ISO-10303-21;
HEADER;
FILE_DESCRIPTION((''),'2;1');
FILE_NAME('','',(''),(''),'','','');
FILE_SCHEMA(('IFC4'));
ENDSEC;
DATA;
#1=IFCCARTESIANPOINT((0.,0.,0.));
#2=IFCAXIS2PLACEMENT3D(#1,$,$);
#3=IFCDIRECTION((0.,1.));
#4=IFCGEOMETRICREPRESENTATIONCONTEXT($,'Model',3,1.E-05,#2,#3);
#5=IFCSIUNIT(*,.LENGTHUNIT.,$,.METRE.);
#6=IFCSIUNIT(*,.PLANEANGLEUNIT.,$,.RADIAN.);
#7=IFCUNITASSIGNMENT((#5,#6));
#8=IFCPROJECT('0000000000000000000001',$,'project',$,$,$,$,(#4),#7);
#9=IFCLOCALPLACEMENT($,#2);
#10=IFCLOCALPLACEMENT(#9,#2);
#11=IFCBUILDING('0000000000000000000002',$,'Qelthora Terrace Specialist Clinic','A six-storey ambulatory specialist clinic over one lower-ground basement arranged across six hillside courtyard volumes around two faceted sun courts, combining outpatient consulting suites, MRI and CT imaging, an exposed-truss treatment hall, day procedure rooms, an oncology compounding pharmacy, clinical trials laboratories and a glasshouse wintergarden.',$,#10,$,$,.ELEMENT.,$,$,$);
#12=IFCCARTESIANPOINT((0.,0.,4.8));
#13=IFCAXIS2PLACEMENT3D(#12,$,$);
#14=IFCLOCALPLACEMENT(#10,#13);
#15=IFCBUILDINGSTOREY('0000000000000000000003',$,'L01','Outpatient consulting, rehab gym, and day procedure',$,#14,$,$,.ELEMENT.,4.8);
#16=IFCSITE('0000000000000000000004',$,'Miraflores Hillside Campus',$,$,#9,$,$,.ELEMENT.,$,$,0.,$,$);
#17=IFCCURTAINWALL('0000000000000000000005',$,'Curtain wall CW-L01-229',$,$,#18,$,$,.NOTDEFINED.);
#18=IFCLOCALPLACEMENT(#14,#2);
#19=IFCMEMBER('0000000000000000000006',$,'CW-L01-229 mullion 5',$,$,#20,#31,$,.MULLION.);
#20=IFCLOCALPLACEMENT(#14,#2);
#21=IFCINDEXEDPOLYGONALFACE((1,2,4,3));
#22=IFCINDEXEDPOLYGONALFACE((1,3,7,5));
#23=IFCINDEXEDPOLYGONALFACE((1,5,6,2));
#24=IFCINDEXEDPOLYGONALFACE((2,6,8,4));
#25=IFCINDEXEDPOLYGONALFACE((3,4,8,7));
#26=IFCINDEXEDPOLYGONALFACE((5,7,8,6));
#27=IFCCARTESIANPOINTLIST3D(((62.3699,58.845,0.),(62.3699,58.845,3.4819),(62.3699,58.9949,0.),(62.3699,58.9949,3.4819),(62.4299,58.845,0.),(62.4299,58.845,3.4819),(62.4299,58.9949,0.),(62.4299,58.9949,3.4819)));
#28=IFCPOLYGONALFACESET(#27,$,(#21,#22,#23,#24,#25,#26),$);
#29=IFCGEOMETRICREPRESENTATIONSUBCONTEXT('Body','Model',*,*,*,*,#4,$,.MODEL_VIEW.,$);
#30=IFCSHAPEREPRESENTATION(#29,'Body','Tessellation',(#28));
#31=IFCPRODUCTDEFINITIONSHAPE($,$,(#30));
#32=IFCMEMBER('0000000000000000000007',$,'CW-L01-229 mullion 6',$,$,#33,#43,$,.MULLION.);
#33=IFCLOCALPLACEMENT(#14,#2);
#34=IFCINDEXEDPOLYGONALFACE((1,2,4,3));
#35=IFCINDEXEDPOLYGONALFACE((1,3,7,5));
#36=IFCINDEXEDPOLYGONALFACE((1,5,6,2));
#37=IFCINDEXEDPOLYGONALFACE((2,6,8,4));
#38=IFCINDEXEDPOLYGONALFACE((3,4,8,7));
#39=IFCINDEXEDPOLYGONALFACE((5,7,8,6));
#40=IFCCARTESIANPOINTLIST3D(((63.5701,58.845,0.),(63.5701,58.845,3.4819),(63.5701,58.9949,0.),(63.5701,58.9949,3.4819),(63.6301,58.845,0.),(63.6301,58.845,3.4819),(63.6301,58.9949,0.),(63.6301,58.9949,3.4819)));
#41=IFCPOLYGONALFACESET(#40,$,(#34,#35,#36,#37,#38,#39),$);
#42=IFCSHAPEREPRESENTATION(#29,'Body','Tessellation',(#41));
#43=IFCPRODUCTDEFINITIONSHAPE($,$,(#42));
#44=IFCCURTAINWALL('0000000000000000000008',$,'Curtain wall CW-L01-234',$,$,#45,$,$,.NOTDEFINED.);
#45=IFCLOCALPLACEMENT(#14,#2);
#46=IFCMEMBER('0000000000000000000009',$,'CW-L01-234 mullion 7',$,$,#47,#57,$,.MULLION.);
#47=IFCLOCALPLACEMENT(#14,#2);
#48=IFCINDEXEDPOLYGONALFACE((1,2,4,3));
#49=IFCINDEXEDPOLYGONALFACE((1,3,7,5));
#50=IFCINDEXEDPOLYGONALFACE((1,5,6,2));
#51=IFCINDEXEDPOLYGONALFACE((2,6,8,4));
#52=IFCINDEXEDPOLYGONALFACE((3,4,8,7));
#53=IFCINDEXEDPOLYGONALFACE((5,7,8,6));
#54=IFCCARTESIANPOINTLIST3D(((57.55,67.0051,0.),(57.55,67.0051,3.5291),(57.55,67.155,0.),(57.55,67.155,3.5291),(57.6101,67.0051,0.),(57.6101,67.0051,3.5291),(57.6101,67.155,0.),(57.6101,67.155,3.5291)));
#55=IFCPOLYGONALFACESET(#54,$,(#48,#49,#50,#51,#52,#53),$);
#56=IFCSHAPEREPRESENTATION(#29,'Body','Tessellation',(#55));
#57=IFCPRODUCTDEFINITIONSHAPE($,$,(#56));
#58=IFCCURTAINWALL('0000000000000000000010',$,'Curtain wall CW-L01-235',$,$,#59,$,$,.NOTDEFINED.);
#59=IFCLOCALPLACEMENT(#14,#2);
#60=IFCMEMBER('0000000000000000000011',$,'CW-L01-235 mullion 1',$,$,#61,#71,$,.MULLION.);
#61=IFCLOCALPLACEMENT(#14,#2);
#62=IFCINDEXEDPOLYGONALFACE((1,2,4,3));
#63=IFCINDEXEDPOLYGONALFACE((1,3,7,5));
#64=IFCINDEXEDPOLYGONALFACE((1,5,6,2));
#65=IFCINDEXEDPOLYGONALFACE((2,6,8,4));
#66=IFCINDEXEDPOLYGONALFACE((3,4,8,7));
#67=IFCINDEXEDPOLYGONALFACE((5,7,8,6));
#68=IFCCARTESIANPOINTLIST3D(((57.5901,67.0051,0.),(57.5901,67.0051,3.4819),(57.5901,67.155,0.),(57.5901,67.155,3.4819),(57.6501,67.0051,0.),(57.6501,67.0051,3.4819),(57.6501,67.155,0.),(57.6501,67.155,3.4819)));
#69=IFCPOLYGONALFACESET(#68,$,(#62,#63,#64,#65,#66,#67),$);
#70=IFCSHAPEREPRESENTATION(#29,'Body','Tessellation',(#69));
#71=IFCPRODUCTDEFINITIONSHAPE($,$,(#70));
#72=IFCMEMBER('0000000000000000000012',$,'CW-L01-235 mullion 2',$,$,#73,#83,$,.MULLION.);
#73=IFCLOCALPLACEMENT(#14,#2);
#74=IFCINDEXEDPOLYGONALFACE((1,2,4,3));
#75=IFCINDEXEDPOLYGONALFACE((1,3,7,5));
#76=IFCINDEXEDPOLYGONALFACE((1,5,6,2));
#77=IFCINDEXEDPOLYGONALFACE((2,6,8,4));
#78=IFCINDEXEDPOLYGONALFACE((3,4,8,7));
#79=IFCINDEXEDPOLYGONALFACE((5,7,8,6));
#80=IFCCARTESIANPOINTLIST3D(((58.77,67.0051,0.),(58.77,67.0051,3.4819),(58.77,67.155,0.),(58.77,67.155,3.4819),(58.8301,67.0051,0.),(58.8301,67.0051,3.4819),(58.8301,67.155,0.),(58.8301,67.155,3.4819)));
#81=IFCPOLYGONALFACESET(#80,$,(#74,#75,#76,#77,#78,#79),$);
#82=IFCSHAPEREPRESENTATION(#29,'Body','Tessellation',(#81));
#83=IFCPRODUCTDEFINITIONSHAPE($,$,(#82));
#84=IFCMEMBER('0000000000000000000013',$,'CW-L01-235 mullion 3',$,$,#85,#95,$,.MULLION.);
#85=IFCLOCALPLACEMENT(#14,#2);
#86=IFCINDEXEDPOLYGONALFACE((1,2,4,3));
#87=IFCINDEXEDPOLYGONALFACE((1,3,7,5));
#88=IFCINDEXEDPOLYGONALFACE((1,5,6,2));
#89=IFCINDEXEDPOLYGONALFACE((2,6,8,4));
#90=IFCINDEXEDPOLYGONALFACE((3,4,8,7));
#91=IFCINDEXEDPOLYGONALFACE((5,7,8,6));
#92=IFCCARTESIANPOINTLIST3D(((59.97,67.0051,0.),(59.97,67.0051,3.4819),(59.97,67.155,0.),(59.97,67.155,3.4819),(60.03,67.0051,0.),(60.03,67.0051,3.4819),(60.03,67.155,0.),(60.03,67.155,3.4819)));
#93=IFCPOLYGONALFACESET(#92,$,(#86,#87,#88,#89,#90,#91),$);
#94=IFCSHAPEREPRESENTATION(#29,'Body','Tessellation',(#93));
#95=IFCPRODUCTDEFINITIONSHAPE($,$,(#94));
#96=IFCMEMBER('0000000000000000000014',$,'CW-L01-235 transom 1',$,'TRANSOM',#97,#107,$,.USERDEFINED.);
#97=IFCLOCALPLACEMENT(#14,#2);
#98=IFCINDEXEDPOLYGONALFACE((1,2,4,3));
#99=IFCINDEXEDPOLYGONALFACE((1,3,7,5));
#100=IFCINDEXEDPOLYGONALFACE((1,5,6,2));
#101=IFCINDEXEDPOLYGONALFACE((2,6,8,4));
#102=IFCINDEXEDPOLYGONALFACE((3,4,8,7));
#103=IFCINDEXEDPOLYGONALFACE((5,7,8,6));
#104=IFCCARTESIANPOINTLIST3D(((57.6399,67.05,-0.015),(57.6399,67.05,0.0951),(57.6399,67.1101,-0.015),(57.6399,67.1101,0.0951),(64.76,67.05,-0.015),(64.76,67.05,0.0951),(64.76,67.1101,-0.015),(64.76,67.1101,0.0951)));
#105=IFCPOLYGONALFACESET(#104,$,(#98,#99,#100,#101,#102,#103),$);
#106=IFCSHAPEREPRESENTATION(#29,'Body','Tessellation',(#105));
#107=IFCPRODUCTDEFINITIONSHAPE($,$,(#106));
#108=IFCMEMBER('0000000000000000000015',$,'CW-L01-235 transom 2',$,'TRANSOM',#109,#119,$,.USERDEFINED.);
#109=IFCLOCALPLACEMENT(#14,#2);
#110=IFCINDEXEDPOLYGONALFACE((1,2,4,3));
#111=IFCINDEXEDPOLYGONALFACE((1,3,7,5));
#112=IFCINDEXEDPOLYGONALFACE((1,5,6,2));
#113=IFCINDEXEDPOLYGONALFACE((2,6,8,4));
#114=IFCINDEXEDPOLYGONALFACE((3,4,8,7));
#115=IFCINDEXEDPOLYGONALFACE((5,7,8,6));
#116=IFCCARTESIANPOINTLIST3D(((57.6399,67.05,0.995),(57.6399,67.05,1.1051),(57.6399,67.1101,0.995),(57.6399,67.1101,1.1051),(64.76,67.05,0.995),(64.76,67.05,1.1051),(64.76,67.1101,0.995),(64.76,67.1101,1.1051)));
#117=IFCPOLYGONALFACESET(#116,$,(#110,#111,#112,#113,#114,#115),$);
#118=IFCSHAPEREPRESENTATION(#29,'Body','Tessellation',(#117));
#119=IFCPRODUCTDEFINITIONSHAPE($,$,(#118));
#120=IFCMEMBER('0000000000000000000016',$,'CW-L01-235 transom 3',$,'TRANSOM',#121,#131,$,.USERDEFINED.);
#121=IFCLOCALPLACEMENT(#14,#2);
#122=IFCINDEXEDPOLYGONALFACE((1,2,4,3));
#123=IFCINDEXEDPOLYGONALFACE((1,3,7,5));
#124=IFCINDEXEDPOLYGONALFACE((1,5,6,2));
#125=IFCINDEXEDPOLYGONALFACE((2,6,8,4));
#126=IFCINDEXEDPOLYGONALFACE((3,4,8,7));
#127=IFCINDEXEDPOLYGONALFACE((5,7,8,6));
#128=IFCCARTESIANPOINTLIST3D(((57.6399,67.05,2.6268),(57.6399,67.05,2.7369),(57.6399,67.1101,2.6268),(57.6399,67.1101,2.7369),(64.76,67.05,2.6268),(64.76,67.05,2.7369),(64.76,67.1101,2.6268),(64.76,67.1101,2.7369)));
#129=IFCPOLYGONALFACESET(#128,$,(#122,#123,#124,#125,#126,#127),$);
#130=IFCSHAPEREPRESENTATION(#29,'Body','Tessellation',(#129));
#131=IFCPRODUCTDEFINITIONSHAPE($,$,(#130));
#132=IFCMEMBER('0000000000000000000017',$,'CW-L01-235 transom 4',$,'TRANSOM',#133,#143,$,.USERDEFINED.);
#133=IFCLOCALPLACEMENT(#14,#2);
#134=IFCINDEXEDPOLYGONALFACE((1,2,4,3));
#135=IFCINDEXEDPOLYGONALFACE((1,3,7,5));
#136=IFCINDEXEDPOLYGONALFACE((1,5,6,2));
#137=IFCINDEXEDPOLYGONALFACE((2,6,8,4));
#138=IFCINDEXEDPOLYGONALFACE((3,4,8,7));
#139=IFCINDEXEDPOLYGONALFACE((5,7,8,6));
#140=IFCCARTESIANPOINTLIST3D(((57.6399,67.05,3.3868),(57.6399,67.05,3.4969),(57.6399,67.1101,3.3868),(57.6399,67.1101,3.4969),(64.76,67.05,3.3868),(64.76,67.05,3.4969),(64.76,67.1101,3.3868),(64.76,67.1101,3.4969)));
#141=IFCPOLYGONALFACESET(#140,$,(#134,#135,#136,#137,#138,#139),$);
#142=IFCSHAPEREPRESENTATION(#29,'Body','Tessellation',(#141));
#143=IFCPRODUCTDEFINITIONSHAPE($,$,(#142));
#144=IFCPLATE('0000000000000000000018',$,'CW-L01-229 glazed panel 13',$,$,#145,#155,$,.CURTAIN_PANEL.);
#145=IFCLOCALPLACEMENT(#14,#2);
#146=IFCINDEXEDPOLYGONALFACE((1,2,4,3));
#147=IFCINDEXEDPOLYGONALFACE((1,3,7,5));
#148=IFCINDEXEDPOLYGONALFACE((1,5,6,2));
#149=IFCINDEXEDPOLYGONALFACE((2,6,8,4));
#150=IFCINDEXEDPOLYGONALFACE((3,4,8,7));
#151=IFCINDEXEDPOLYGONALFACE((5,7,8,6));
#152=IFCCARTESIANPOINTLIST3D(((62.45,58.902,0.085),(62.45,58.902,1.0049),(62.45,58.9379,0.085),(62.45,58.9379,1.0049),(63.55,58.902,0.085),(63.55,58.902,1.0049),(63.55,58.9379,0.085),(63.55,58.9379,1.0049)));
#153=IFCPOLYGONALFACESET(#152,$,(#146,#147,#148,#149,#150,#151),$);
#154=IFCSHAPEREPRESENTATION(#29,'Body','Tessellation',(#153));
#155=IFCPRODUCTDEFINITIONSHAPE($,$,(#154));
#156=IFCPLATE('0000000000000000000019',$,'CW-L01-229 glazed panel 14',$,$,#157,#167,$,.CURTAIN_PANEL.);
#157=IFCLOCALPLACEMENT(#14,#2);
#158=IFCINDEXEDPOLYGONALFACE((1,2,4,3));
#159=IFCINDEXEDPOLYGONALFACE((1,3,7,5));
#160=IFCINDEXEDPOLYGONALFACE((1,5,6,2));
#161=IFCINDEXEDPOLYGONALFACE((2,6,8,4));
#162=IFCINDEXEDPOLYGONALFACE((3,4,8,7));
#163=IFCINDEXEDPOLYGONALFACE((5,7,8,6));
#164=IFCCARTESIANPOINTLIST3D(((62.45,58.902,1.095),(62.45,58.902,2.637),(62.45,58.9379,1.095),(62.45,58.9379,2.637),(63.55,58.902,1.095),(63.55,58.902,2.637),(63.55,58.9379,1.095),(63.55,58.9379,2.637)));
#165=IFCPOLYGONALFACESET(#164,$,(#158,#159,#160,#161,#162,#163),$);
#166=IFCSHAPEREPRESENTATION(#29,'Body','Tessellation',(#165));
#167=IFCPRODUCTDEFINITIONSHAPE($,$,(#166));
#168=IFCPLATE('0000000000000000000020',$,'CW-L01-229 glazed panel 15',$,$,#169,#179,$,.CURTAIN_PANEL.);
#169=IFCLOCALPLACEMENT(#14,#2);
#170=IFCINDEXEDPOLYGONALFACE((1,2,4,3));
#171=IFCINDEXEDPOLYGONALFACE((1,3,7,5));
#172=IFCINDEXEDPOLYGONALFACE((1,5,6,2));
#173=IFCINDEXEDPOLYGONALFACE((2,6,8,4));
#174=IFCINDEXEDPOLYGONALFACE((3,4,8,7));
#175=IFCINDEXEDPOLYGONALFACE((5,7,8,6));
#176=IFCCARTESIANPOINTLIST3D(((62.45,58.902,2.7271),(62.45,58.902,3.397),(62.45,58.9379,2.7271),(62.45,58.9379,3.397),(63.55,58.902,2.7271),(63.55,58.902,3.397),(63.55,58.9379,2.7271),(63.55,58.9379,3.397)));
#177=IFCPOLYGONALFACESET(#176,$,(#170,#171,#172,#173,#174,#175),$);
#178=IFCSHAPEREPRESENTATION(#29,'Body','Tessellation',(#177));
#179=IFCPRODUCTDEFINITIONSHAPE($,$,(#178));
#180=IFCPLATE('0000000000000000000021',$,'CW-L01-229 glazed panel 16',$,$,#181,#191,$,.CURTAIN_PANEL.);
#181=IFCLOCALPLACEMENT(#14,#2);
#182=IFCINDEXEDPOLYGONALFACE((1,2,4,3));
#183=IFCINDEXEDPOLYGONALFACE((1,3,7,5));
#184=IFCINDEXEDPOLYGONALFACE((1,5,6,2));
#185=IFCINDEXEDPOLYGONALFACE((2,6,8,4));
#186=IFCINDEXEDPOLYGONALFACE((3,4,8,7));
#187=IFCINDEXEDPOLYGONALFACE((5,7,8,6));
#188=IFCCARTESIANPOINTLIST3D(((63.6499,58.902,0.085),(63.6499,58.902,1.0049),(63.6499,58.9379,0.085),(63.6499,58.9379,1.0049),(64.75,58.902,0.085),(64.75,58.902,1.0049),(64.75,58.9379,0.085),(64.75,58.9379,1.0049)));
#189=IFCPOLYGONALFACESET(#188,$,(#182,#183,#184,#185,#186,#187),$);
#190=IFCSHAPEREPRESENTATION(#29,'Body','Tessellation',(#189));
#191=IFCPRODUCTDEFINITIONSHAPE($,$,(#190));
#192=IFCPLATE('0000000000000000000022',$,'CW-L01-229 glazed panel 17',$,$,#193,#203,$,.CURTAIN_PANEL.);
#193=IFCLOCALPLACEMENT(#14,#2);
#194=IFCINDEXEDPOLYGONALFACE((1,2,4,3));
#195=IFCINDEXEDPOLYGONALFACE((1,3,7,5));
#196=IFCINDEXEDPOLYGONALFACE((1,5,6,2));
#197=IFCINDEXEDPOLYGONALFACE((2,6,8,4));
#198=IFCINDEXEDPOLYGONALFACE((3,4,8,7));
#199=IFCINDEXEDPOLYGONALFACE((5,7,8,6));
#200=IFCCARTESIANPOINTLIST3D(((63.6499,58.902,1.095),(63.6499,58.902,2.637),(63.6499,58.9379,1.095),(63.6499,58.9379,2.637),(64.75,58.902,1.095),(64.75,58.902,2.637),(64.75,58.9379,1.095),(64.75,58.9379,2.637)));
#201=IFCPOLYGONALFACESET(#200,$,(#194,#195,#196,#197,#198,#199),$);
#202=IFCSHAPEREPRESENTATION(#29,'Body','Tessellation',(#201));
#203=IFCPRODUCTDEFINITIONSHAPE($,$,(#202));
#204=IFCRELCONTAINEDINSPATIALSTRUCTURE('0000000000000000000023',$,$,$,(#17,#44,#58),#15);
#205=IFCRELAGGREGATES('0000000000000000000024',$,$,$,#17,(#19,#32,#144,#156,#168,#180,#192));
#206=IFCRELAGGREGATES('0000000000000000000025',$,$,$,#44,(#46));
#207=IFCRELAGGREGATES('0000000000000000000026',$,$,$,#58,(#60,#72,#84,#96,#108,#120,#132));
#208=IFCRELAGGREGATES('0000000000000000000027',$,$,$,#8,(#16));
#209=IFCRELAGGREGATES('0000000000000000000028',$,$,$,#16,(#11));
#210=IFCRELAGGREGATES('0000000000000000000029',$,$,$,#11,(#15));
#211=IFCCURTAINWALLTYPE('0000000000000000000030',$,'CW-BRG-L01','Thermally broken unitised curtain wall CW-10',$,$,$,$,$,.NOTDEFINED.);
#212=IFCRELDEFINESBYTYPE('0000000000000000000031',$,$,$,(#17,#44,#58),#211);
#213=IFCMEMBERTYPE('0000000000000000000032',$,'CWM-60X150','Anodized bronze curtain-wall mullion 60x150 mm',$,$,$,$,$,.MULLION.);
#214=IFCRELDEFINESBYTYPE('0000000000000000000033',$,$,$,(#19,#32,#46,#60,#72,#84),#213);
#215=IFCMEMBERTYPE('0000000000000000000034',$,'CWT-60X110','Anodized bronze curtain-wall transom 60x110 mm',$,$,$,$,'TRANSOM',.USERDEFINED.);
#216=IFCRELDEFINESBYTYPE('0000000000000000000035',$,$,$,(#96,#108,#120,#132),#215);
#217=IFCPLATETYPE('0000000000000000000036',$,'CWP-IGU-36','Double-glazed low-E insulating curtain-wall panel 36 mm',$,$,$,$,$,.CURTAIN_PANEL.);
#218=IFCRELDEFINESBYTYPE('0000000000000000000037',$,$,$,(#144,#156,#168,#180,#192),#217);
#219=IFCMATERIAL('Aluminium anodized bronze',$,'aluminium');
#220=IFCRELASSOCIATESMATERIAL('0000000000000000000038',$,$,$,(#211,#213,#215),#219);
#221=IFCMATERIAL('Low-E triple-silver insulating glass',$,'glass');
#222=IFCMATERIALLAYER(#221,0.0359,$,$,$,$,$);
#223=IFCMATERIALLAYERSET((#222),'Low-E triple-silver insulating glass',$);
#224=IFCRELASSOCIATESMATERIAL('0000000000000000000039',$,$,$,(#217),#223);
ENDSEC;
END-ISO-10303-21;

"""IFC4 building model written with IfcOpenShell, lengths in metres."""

from ifc_helpers import new_model, si_unit, direction, frame, origin, origin_2d, place, context, subcontext, project, spatial, rectangle, extrude, material, layer, layer_set, material_profile, profile_set, type_object, element, aggregate, save


model = new_model("IFC4")

# Units and contexts
model_context = context("Model", 3, precision=1e-05, world=origin(), true_north=direction((0.0, 1.0)))
body_context = subcontext(model_context, "Body", "Model", "MODEL_VIEW")
ifc_project = project(units=[si_unit("LENGTHUNIT", "METRE"), si_unit("PLANEANGLEUNIT", "RADIAN")], contexts=[model_context])

# Site, building, storey
site_placement = place(None, origin())
site = spatial("IfcSite", under=ifc_project, at=site_placement, Name="Miraflores Hillside Campus", CompositionType="ELEMENT", RefElevation=0.0)
building_placement = place(site_placement, origin())
building = spatial("IfcBuilding", under=site, at=building_placement, Name="Qelthora Terrace Specialist Clinic", Description="A six-storey ambulatory specialist clinic over one lower-ground basement arranged across six hillside courtyard volumes around two faceted sun courts, combining outpatient consulting suites, MRI and CT imaging, an exposed-truss treatment hall, day procedure rooms, an oncology compounding pharmacy, clinical trials laboratories and a glasshouse wintergarden.", CompositionType="ELEMENT")
storey_placement = place(building_placement, frame((0.0, 0.0, 4.8)))
storey = spatial("IfcBuildingStorey", under=building, at=storey_placement, Name="L01", Description="Outpatient consulting, rehab gym, and day procedure", CompositionType="ELEMENT", Elevation=4.8)

# Curtain wall, members
ifc_material_1 = material(Name="Aluminium anodized bronze", Category="aluminium")
curtain_wall_type = type_object("IfcCurtainWallType", Name="CW-BRG-L01", Description="Thermally broken unitised curtain wall CW-10", PredefinedType="NOTDEFINED", material=ifc_material_1)
curtain_wall_1_placement = place(storey_placement, origin())
curtain_wall_1 = element("IfcCurtainWall", 1, at=curtain_wall_1_placement, inside=storey, type_object=curtain_wall_type, Name="Curtain wall CW-L01-229", PredefinedType="NOTDEFINED")
ifc_material_profile_1 = material_profile(ifc_material_1, rectangle(XDim=0.0601, YDim=0.1499, at=origin_2d()), Name="CWM60X150")
ifc_profile_set_1 = profile_set([ifc_material_profile_1], Name="Aluminium anodized bronze")
member_type_1 = type_object("IfcMemberType", Name="CWM-60X150", Description="Anodized bronze curtain-wall mullion 60x150 mm", PredefinedType="MULLION", material=ifc_profile_set_1)
member_1_placement = place(storey_placement, frame((62.3999, 58.9199, 0.0), z_axis=(0.0, 0.0, 1.0), x_axis=(1.0, 0.0, 0.0)))
member_1 = element("IfcMember", 2, at=member_1_placement, type_object=member_type_1, Name="CW-L01-229 mullion 5", PredefinedType="MULLION", context=body_context, shape_type="SweptSolid", body=[
    extrude(rectangle(XDim=0.0601, YDim=0.1499, at=origin_2d()), origin(), (0.0, 0.0, 1.0), 3.4819),
])
member_2_placement = place(storey_placement, frame((63.6001, 58.9199, 0.0), z_axis=(0.0, 0.0, 1.0), x_axis=(1.0, 0.0, 0.0)))
member_2 = element("IfcMember", 3, at=member_2_placement, type_object=member_type_1, Name="CW-L01-229 mullion 6", PredefinedType="MULLION", context=body_context, shape_type="SweptSolid", body=[
    extrude(rectangle(XDim=0.0601, YDim=0.1499, at=origin_2d()), origin(), (0.0, 0.0, 1.0), 3.4819),
])

# Curtain wall, member
curtain_wall_2_placement = place(storey_placement, origin())
curtain_wall_2 = element("IfcCurtainWall", 4, at=curtain_wall_2_placement, inside=storey, type_object=curtain_wall_type, Name="Curtain wall CW-L01-234", PredefinedType="NOTDEFINED")
member_3_placement = place(storey_placement, frame((57.5801, 67.0801, 0.0), z_axis=(0.0, 0.0, 1.0), x_axis=(1.0, 0.0, 0.0)))
member_3 = element("IfcMember", 5, at=member_3_placement, type_object=member_type_1, Name="CW-L01-234 mullion 7", PredefinedType="MULLION", context=body_context, shape_type="SweptSolid", body=[
    extrude(rectangle(XDim=0.0601, YDim=0.1499, at=origin_2d()), origin(), (0.0, 0.0, 1.0), 3.5291),
])

# Curtain wall, members
curtain_wall_3_placement = place(storey_placement, origin())
curtain_wall_3 = element("IfcCurtainWall", 6, at=curtain_wall_3_placement, inside=storey, type_object=curtain_wall_type, Name="Curtain wall CW-L01-235", PredefinedType="NOTDEFINED")
member_4_placement = place(storey_placement, frame((57.6201, 67.0801, 0.0), z_axis=(0.0, 0.0, 1.0), x_axis=(1.0, 0.0, 0.0)))
member_4 = element("IfcMember", 7, at=member_4_placement, type_object=member_type_1, Name="CW-L01-235 mullion 1", PredefinedType="MULLION", context=body_context, shape_type="SweptSolid", body=[
    extrude(rectangle(XDim=0.0601, YDim=0.1499, at=origin_2d()), origin(), (0.0, 0.0, 1.0), 3.4819),
])
member_5_placement = place(storey_placement, frame((58.8, 67.0801, 0.0), z_axis=(0.0, 0.0, 1.0), x_axis=(1.0, 0.0, 0.0)))
member_5 = element("IfcMember", 8, at=member_5_placement, type_object=member_type_1, Name="CW-L01-235 mullion 2", PredefinedType="MULLION", context=body_context, shape_type="SweptSolid", body=[
    extrude(rectangle(XDim=0.0601, YDim=0.1499, at=origin_2d()), origin(), (0.0, 0.0, 1.0), 3.4819),
])
member_6_placement = place(storey_placement, frame((60.0, 67.0801, 0.0), z_axis=(0.0, 0.0, 1.0), x_axis=(1.0, 0.0, 0.0)))
member_6 = element("IfcMember", 9, at=member_6_placement, type_object=member_type_1, Name="CW-L01-235 mullion 3", PredefinedType="MULLION", context=body_context, shape_type="SweptSolid", body=[
    extrude(rectangle(XDim=0.0601, YDim=0.1499, at=origin_2d()), origin(), (0.0, 0.0, 1.0), 3.4819),
])
ifc_material_profile_2 = material_profile(ifc_material_1, rectangle(XDim=0.0601, YDim=0.1101, at=origin_2d()), Name="CWT60X110")
ifc_profile_set_2 = profile_set([ifc_material_profile_2], Name="Aluminium anodized bronze")
member_type_2 = type_object("IfcMemberType", Name="CWT-60X110", Description="Anodized bronze curtain-wall transom 60x110 mm", ElementType="TRANSOM", PredefinedType="USERDEFINED", material=ifc_profile_set_2)
member_7_placement = place(storey_placement, frame((57.6399, 67.0801, 0.04), z_axis=(1.0, 0.0, 0.0), x_axis=(0.0, 1.0, 0.0)))
member_7 = element("IfcMember", 10, at=member_7_placement, type_object=member_type_2, Name="CW-L01-235 transom 1", ObjectType="TRANSOM", PredefinedType="USERDEFINED", context=body_context, shape_type="SweptSolid", body=[
    extrude(rectangle(XDim=0.0601, YDim=0.1101, at=origin_2d()), origin(), (0.0, 0.0, 1.0), 7.1201),
])
member_8_placement = place(storey_placement, frame((57.6399, 67.0801, 1.05), z_axis=(1.0, 0.0, 0.0), x_axis=(0.0, 1.0, 0.0)))
member_8 = element("IfcMember", 11, at=member_8_placement, type_object=member_type_2, Name="CW-L01-235 transom 2", ObjectType="TRANSOM", PredefinedType="USERDEFINED", context=body_context, shape_type="SweptSolid", body=[
    extrude(rectangle(XDim=0.0601, YDim=0.1101, at=origin_2d()), origin(), (0.0, 0.0, 1.0), 7.1201),
])
member_9_placement = place(storey_placement, frame((57.6399, 67.0801, 2.6819), z_axis=(1.0, 0.0, 0.0), x_axis=(0.0, 1.0, 0.0)))
member_9 = element("IfcMember", 12, at=member_9_placement, type_object=member_type_2, Name="CW-L01-235 transom 3", ObjectType="TRANSOM", PredefinedType="USERDEFINED", context=body_context, shape_type="SweptSolid", body=[
    extrude(rectangle(XDim=0.0601, YDim=0.1101, at=origin_2d()), origin(), (0.0, 0.0, 1.0), 7.1201),
])
member_10_placement = place(storey_placement, frame((57.6399, 67.0801, 3.4419), z_axis=(1.0, 0.0, 0.0), x_axis=(0.0, 1.0, 0.0)))
member_10 = element("IfcMember", 13, at=member_10_placement, type_object=member_type_2, Name="CW-L01-235 transom 4", ObjectType="TRANSOM", PredefinedType="USERDEFINED", context=body_context, shape_type="SweptSolid", body=[
    extrude(rectangle(XDim=0.0601, YDim=0.1101, at=origin_2d()), origin(), (0.0, 0.0, 1.0), 7.1201),
])

# Plates
ifc_material_2 = material(Name="Low-E triple-silver insulating glass", Category="glass")
ifc_layer = layer(ifc_material_2, 0.0359)
ifc_layer_set = layer_set([ifc_layer], Name="Low-E triple-silver insulating glass")
plate_type = type_object("IfcPlateType", Name="CWP-IGU-36", Description="Double-glazed low-E insulating curtain-wall panel 36 mm", PredefinedType="CURTAIN_PANEL", material=ifc_layer_set)
plate_1_placement = place(storey_placement, frame((63.0, 58.9199, 0.085), z_axis=(0.0, 0.0, 1.0), x_axis=(1.0, 0.0, 0.0)))
plate_1 = element("IfcPlate", 14, at=plate_1_placement, type_object=plate_type, Name="CW-L01-229 glazed panel 13", PredefinedType="CURTAIN_PANEL", context=body_context, shape_type="SweptSolid", body=[
    extrude(rectangle(XDim=1.1001, YDim=0.0359, at=origin_2d()), origin(), (0.0, 0.0, 1.0), 0.9199),
])
plate_2_placement = place(storey_placement, frame((63.0, 58.9199, 1.095), z_axis=(0.0, 0.0, 1.0), x_axis=(1.0, 0.0, 0.0)))
plate_2 = element("IfcPlate", 15, at=plate_2_placement, type_object=plate_type, Name="CW-L01-229 glazed panel 14", PredefinedType="CURTAIN_PANEL", context=body_context, shape_type="SweptSolid", body=[
    extrude(rectangle(XDim=1.1001, YDim=0.0359, at=origin_2d()), origin(), (0.0, 0.0, 1.0), 1.542),
])
plate_3_placement = place(storey_placement, frame((63.0, 58.9199, 2.7271), z_axis=(0.0, 0.0, 1.0), x_axis=(1.0, 0.0, 0.0)))
plate_3 = element("IfcPlate", 16, at=plate_3_placement, type_object=plate_type, Name="CW-L01-229 glazed panel 15", PredefinedType="CURTAIN_PANEL", context=body_context, shape_type="SweptSolid", body=[
    extrude(rectangle(XDim=1.1001, YDim=0.0359, at=origin_2d()), origin(), (0.0, 0.0, 1.0), 0.6699),
])
plate_4_placement = place(storey_placement, frame((64.2, 58.9199, 0.085), z_axis=(0.0, 0.0, 1.0), x_axis=(1.0, 0.0, 0.0)))
plate_4 = element("IfcPlate", 17, at=plate_4_placement, type_object=plate_type, Name="CW-L01-229 glazed panel 16", PredefinedType="CURTAIN_PANEL", context=body_context, shape_type="SweptSolid", body=[
    extrude(rectangle(XDim=1.1001, YDim=0.0359, at=origin_2d()), origin(), (0.0, 0.0, 1.0), 0.9199),
])
plate_5_placement = place(storey_placement, frame((64.2, 58.9199, 1.095), z_axis=(0.0, 0.0, 1.0), x_axis=(1.0, 0.0, 0.0)))
plate_5 = element("IfcPlate", 18, at=plate_5_placement, type_object=plate_type, Name="CW-L01-229 glazed panel 17", PredefinedType="CURTAIN_PANEL", context=body_context, shape_type="SweptSolid", body=[
    extrude(rectangle(XDim=1.1001, YDim=0.0359, at=origin_2d()), origin(), (0.0, 0.0, 1.0), 1.542),
])
aggregate(curtain_wall_1, [member_1, member_2, plate_1, plate_2, plate_3, plate_4, plate_5])
aggregate(curtain_wall_2, [member_3])
aggregate(curtain_wall_3, [member_4, member_5, member_6, member_7, member_8, member_9, member_10])

save(model, "model.ifc")
